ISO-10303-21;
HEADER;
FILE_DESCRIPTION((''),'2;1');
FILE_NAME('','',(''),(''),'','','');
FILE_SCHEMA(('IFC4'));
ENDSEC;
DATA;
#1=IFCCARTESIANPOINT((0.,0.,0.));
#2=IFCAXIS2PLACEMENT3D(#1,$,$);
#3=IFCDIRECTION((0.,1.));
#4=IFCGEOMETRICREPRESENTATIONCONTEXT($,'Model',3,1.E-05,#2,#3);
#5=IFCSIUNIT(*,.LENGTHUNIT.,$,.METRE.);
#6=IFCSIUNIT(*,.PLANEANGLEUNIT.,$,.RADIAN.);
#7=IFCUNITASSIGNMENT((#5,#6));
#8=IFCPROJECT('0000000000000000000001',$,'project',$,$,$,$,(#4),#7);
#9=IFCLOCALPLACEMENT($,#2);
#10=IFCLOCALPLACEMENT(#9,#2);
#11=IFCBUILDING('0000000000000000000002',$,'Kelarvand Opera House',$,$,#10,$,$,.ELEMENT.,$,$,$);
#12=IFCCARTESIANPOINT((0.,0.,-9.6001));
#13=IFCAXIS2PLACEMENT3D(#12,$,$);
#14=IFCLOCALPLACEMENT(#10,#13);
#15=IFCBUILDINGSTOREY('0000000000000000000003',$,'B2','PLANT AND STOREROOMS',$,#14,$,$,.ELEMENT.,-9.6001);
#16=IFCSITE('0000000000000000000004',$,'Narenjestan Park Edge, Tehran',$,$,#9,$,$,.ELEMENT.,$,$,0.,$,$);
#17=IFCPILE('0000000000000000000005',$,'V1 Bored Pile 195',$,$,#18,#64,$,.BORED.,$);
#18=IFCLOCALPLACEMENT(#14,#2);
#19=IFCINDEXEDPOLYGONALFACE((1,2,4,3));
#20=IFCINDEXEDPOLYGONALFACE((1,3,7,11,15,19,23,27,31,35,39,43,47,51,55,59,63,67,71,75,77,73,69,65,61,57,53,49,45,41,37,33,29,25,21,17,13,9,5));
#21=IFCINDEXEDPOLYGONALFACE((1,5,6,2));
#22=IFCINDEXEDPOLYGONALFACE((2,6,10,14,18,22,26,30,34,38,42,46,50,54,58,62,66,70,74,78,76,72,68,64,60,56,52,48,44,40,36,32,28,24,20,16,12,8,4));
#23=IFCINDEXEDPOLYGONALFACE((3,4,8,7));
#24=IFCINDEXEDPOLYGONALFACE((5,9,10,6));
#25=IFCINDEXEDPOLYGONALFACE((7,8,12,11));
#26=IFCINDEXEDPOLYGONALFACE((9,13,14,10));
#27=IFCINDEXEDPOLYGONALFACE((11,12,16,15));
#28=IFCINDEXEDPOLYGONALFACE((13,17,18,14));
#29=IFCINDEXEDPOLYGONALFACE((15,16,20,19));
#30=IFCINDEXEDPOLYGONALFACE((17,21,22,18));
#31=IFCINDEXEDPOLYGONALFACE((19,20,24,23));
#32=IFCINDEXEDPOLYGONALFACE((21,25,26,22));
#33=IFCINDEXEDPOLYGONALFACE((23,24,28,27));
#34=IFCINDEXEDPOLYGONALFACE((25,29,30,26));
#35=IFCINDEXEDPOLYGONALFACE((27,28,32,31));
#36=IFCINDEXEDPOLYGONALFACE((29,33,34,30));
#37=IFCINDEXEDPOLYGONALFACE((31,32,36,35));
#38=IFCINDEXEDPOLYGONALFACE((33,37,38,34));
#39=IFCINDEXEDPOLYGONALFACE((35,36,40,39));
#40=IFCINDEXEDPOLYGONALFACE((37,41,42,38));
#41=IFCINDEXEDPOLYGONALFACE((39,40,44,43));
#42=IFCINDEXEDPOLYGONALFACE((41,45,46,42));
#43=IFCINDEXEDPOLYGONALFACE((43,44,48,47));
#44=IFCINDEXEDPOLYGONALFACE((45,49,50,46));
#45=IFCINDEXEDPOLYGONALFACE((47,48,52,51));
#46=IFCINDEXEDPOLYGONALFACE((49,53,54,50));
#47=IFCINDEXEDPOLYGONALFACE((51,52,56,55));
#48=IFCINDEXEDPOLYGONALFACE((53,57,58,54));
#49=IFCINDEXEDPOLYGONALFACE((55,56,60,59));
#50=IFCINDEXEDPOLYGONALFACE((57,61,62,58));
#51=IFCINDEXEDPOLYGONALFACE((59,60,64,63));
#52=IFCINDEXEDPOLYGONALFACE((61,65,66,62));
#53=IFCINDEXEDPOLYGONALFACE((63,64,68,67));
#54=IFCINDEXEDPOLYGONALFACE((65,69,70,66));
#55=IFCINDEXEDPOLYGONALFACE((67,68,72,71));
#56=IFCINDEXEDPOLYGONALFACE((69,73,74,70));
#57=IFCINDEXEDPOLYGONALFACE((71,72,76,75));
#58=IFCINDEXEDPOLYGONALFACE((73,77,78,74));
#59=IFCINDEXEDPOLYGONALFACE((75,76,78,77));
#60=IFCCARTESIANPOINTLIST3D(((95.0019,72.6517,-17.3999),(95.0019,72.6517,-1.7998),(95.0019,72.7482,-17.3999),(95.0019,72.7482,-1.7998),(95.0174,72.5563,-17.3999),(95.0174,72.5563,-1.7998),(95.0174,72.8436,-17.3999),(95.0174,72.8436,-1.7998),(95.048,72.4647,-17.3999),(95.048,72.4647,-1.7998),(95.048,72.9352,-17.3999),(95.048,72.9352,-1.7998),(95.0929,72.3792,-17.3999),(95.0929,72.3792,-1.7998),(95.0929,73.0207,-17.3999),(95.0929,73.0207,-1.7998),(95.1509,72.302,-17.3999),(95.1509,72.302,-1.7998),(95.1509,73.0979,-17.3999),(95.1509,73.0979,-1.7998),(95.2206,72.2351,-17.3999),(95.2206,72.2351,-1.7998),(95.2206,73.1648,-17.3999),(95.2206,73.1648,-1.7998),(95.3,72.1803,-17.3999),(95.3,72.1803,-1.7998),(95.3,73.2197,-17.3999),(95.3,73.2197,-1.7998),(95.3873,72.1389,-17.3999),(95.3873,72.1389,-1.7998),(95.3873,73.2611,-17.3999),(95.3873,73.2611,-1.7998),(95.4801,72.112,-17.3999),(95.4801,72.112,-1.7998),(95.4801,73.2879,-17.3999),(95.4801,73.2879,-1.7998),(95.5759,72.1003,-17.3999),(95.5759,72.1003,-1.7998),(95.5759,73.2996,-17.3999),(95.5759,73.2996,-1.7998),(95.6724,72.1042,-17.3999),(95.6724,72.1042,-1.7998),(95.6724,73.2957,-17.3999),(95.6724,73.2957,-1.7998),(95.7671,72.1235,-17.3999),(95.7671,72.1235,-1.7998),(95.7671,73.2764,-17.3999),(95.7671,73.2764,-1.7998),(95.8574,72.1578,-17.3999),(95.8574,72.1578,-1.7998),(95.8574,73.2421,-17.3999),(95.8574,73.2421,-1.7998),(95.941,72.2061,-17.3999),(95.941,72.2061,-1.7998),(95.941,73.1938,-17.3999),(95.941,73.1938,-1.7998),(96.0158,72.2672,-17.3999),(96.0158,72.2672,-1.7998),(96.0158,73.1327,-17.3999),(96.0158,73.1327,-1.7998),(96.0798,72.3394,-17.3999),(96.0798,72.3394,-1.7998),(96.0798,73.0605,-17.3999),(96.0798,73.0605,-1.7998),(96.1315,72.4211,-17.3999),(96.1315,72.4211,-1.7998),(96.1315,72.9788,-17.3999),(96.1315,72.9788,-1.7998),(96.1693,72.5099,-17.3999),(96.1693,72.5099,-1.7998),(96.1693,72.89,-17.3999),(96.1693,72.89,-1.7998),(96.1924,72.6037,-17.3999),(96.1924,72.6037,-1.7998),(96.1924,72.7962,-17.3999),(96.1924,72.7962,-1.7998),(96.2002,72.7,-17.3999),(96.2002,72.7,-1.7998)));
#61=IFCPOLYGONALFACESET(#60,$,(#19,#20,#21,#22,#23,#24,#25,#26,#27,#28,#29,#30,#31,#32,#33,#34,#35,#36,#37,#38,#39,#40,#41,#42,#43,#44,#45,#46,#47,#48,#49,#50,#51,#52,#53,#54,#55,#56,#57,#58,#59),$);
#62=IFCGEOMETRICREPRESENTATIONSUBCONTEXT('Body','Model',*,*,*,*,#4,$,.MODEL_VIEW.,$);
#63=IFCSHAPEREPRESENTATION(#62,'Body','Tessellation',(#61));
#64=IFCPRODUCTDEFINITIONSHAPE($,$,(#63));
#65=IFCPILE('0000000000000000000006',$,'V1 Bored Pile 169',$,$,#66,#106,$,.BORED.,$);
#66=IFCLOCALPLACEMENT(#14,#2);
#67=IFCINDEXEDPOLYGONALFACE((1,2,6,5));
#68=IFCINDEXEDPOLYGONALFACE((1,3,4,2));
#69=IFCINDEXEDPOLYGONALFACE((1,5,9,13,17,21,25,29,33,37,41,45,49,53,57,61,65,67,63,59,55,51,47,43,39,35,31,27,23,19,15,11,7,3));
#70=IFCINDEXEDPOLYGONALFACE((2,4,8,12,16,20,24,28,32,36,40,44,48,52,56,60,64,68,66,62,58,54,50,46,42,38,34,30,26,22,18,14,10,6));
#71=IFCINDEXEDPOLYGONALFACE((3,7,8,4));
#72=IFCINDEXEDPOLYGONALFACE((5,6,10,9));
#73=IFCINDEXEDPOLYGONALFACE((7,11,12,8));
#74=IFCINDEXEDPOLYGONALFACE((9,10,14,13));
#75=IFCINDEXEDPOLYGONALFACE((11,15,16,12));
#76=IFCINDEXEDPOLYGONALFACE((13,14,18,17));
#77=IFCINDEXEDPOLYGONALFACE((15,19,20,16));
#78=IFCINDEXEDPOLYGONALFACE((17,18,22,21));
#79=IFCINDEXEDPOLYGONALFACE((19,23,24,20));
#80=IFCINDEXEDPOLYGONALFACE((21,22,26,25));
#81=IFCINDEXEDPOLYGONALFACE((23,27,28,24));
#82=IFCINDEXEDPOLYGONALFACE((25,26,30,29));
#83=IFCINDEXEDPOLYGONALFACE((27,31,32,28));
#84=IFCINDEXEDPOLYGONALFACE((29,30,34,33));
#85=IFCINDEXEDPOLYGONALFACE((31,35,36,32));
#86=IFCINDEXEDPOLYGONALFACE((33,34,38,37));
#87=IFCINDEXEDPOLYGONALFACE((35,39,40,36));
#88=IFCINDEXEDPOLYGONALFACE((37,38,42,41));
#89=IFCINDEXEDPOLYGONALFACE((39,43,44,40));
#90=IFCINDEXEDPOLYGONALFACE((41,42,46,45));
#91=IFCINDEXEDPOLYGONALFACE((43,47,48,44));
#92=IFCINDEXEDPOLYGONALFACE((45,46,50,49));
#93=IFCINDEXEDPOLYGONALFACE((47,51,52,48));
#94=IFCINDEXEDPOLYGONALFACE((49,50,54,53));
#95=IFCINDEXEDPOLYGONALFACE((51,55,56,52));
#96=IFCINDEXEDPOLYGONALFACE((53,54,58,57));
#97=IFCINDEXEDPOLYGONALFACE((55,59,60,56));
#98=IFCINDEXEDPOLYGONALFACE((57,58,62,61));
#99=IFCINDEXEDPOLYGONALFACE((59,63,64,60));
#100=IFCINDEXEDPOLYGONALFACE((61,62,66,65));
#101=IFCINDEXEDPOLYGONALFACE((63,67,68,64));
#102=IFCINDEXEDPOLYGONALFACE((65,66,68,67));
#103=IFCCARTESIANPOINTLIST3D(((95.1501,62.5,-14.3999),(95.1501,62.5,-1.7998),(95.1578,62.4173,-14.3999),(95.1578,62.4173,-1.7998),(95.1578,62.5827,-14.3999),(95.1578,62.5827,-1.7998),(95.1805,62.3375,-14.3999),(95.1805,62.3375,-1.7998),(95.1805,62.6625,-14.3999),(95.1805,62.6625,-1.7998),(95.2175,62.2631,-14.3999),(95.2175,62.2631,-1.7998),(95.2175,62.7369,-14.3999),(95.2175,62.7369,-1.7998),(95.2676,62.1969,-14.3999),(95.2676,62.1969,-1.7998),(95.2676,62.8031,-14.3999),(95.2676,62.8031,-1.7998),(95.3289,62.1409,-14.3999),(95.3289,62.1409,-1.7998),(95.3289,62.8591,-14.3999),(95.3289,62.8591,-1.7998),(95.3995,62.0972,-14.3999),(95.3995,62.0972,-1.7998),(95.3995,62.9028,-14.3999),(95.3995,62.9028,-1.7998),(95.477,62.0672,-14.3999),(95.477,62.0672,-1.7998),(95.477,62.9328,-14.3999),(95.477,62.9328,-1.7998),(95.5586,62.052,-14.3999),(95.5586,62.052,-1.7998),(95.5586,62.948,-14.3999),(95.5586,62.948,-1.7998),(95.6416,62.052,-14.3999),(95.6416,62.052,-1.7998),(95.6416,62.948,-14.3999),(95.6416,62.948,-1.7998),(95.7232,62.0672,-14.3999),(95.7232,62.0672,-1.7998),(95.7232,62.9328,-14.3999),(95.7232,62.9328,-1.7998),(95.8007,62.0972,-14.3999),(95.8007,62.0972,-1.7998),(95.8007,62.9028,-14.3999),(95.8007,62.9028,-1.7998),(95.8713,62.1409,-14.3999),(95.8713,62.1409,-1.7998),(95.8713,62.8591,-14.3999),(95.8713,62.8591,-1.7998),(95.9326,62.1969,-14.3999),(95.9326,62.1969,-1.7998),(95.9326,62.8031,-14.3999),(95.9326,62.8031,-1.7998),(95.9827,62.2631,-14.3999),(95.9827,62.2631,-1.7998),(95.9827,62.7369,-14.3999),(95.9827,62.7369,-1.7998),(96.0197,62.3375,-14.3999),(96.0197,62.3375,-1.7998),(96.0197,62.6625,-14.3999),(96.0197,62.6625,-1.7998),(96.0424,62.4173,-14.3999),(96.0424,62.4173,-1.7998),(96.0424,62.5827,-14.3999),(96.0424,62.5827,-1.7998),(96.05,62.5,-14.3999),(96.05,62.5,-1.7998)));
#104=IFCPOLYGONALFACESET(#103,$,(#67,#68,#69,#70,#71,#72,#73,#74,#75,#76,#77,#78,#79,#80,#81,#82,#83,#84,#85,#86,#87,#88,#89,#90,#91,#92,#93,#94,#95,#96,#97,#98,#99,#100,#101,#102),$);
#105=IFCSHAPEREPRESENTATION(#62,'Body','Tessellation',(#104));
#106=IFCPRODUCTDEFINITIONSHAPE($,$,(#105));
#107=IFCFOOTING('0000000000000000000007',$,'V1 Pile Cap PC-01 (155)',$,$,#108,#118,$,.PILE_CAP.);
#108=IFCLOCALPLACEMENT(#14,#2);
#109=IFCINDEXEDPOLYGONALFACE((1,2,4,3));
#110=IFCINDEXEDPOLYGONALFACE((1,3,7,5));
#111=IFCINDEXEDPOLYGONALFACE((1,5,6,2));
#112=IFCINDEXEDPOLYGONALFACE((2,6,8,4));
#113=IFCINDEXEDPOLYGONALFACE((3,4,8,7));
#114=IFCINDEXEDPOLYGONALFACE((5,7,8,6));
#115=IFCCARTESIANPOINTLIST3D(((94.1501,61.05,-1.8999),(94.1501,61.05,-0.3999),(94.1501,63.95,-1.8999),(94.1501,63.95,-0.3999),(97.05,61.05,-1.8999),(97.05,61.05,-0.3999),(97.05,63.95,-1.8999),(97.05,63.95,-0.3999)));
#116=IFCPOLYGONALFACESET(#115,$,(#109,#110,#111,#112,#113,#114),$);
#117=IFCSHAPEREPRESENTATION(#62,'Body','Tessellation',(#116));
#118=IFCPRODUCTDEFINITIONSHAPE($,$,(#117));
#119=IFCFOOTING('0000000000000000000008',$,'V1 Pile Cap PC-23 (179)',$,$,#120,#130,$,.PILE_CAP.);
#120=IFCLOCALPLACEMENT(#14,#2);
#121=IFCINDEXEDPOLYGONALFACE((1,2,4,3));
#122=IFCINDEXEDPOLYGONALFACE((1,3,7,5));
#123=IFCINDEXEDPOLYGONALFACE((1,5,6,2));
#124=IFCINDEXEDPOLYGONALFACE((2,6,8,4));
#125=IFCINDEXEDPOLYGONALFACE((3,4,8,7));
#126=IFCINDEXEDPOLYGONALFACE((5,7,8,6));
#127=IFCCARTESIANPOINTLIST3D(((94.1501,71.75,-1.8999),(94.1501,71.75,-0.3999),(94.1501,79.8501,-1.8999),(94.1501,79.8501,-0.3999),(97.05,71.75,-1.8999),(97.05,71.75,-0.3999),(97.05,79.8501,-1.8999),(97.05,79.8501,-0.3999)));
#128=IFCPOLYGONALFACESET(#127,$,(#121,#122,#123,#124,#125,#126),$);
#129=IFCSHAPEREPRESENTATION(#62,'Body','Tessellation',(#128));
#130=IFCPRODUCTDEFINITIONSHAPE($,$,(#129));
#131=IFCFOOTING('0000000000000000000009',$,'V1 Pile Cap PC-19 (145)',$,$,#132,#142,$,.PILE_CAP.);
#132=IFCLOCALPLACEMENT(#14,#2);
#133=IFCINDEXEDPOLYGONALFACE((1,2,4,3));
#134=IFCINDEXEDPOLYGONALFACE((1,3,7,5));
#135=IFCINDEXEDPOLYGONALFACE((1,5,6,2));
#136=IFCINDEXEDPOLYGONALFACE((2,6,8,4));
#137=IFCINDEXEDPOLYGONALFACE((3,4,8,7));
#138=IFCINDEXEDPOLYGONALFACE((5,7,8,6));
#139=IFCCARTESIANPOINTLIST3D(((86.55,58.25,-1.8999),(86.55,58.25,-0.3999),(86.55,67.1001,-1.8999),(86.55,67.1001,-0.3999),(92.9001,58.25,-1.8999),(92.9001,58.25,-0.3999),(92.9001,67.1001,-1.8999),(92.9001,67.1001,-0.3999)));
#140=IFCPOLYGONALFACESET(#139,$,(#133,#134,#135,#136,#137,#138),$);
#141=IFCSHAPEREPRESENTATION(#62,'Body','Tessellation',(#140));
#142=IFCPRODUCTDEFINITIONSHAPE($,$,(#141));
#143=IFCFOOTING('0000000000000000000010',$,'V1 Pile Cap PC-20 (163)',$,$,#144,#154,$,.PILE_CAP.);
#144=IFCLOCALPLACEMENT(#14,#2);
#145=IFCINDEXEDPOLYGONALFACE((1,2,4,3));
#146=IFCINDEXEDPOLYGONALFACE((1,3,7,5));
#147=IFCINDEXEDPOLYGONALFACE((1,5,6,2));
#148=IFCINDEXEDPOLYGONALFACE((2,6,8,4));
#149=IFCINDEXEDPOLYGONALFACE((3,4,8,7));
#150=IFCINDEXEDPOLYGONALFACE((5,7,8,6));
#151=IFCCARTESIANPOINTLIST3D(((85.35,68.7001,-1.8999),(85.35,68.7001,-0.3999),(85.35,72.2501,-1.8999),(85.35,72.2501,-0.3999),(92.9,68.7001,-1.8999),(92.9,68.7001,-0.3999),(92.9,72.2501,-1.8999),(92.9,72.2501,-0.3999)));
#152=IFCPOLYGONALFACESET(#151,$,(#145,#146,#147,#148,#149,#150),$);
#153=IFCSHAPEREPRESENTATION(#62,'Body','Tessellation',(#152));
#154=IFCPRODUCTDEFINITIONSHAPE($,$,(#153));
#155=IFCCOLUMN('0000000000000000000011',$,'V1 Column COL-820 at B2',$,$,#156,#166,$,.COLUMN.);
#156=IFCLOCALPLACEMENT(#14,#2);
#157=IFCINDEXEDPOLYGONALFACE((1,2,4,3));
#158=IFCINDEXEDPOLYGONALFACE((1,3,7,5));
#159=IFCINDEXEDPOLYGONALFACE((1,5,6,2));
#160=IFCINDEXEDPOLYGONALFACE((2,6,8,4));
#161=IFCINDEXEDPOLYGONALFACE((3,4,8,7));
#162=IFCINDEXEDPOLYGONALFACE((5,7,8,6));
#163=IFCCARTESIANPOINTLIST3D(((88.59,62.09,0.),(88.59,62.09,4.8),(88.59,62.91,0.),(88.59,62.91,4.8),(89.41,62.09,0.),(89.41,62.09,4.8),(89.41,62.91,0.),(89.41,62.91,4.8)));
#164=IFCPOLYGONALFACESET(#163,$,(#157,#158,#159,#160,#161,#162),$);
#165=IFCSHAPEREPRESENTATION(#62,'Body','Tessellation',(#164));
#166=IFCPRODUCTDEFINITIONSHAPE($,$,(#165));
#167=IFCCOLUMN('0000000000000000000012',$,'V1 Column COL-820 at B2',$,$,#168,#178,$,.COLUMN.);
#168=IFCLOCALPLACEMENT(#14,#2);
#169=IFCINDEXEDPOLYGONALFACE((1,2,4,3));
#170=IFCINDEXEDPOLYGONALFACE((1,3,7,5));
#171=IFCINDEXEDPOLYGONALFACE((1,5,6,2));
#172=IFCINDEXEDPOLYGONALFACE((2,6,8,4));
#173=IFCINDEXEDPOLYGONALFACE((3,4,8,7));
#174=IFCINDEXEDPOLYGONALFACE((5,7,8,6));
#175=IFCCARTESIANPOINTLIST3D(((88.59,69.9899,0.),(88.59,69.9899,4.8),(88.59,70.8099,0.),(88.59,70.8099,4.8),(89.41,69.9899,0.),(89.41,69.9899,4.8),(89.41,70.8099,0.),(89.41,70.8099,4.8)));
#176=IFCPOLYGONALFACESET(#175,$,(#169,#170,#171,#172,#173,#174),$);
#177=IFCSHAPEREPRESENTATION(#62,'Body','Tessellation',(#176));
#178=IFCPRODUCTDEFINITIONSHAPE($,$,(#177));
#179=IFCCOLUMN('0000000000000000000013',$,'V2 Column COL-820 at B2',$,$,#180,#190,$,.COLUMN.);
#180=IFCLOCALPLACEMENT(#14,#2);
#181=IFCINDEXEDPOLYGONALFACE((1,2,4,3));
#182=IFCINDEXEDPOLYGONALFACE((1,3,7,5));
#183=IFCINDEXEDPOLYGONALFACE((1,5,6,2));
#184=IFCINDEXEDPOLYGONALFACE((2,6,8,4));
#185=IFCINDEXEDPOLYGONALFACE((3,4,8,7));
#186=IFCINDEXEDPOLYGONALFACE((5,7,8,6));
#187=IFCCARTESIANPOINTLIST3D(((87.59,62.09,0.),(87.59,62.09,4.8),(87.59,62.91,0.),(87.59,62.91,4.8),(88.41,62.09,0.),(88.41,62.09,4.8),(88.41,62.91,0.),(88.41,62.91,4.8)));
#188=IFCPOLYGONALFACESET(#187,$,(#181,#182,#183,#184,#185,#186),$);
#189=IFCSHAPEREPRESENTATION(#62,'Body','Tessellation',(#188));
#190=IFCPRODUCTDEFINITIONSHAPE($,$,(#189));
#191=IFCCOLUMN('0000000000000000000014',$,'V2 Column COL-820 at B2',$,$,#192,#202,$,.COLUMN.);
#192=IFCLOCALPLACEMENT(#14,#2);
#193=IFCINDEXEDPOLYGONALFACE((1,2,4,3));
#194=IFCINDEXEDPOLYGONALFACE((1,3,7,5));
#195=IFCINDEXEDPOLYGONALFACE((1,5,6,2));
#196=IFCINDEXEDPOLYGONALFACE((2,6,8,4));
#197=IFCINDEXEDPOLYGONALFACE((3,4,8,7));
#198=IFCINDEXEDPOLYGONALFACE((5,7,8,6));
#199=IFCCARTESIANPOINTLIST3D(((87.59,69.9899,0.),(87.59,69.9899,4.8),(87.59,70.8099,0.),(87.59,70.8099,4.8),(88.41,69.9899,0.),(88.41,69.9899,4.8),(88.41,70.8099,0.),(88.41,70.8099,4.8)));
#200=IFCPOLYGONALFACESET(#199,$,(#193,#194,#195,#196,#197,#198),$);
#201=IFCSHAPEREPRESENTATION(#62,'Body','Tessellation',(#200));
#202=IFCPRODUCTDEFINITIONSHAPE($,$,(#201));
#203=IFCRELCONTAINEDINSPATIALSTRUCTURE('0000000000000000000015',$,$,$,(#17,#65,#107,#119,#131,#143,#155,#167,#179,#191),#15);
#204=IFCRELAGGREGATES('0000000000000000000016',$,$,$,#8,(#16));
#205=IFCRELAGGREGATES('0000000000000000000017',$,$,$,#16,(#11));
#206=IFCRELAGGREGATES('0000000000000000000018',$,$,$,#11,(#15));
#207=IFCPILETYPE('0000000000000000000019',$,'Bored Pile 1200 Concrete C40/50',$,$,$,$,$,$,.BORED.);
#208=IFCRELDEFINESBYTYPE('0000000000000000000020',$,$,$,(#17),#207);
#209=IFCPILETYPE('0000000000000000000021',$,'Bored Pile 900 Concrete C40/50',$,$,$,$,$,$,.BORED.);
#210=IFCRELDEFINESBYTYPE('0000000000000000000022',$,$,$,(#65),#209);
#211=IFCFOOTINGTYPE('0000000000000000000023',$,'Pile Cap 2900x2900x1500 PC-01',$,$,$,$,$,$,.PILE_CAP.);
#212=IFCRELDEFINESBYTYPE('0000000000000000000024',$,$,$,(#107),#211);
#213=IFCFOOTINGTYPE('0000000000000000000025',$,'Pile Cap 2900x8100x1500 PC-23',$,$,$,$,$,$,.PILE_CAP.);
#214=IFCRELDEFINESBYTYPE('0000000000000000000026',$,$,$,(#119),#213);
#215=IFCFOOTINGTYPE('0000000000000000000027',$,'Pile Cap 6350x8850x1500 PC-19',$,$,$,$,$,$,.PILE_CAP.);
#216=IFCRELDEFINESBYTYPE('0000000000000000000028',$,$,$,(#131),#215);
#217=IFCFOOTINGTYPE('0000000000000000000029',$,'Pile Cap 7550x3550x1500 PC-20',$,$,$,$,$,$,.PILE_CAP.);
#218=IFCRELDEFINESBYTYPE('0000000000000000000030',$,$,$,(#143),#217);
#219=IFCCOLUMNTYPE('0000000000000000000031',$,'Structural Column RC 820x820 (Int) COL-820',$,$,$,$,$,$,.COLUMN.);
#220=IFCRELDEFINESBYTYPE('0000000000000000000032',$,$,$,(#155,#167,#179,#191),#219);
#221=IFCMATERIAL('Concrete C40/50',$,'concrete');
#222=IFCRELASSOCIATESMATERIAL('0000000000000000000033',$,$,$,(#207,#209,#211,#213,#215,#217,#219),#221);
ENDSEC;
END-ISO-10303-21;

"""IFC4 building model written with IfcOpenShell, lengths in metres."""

from ifc_helpers import new_model, si_unit, direction, frame, origin, origin_2d, place, context, subcontext, project, spatial, rectangle, circle, extrude, material, material_profile, profile_set, type_object, element, save


model = new_model("IFC4")

# Units and contexts
model_context = context("Model", 3, precision=1e-05, world=origin(), true_north=direction((0.0, 1.0)))
body_context = subcontext(model_context, "Body", "Model", "MODEL_VIEW")
ifc_project = project(units=[si_unit("LENGTHUNIT", "METRE"), si_unit("PLANEANGLEUNIT", "RADIAN")], contexts=[model_context])

# Site, building, storey
site_placement = place(None, origin())
site = spatial("IfcSite", under=ifc_project, at=site_placement, Name="Narenjestan Park Edge, Tehran", CompositionType="ELEMENT", RefElevation=0.0)
building_placement = place(site_placement, origin())
building = spatial("IfcBuilding", under=site, at=building_placement, Name="Kelarvand Opera House", CompositionType="ELEMENT")
storey_placement = place(building_placement, frame((0.0, 0.0, -9.6001)))
storey = spatial("IfcBuildingStorey", under=building, at=storey_placement, Name="B2", Description="PLANT AND STOREROOMS", CompositionType="ELEMENT", Elevation=-9.6001)

# Piles
ifc_material_1 = material(Name="Concrete C40/50", Category="concrete")
ifc_material_profile_1 = material_profile(ifc_material_1, circle(Radius=0.6001, at=origin_2d()), Name="BP 1200", Category="concrete")
ifc_profile_set_1 = profile_set([ifc_material_profile_1], Name="Concrete C40/50")
pile_type_1 = type_object("IfcPileType", Name="Bored Pile 1200 Concrete C40/50", PredefinedType="BORED", material=ifc_profile_set_1)
for number, where, z_axis, x_axis, name in (
    (1, (95.6001, 72.7, -1.7998), (0.0, 0.0, -1.0), (1.0, 0.0, 0.0), "V1 Bored Pile 195"),
):
    element("IfcPile", number, at=place(storey_placement, frame(where, z_axis=z_axis, x_axis=x_axis)), inside=storey, type_object=pile_type_1, Name=name, PredefinedType="BORED", context=body_context, shape_type="SweptSolid", body=[
        extrude(circle(Radius=0.6001, at=origin_2d()), origin(), (0.0, 0.0, 1.0), 15.6001),
    ])
ifc_material_profile_2 = material_profile(ifc_material_1, circle(Radius=0.45, at=origin_2d()), Name="BP 900", Category="concrete")
ifc_profile_set_2 = profile_set([ifc_material_profile_2], Name="Concrete C40/50")
pile_type_2 = type_object("IfcPileType", Name="Bored Pile 900 Concrete C40/50", PredefinedType="BORED", material=ifc_profile_set_2)
pile_placement = place(storey_placement, frame((95.6001, 62.5, -1.7998), z_axis=(0.0, 0.0, -1.0), x_axis=(1.0, 0.0, 0.0)))
element("IfcPile", 2, at=pile_placement, inside=storey, type_object=pile_type_2, Name="V1 Bored Pile 169", PredefinedType="BORED", context=body_context, shape_type="SweptSolid", body=[
    extrude(circle(Radius=0.45, at=origin_2d()), origin(), (0.0, 0.0, 1.0), 12.6001),
])

# Footings
footing_type_1 = type_object("IfcFootingType", Name="Pile Cap 2900x2900x1500 PC-01", PredefinedType="PILE_CAP", material=ifc_material_1)
footing_1_placement = place(storey_placement, frame((95.6001, 62.5, -1.8999), z_axis=(0.0, 0.0, 1.0), x_axis=(1.0, 0.0, 0.0)))
element("IfcFooting", 3, at=footing_1_placement, inside=storey, type_object=footing_type_1, Name="V1 Pile Cap PC-01 (155)", PredefinedType="PILE_CAP", context=body_context, shape_type="SweptSolid", body=[
    extrude(rectangle(XDim=2.8999, YDim=2.8999, at=origin_2d()), origin(), (0.0, 0.0, 1.0), 1.5),
])
footing_type_2 = type_object("IfcFootingType", Name="Pile Cap 2900x8100x1500 PC-23", PredefinedType="PILE_CAP", material=ifc_material_1)
footing_2_placement = place(storey_placement, frame((95.6001, 75.8, -1.8999), z_axis=(0.0, 0.0, 1.0), x_axis=(1.0, 0.0, 0.0)))
element("IfcFooting", 4, at=footing_2_placement, inside=storey, type_object=footing_type_2, Name="V1 Pile Cap PC-23 (179)", PredefinedType="PILE_CAP", context=body_context, shape_type="SweptSolid", body=[
    extrude(rectangle(XDim=2.8999, YDim=8.1001, at=origin_2d()), origin(), (0.0, 0.0, 1.0), 1.5),
])
footing_type_3 = type_object("IfcFootingType", Name="Pile Cap 6350x8850x1500 PC-19", PredefinedType="PILE_CAP", material=ifc_material_1)
footing_3_placement = place(storey_placement, frame((89.7251, 62.675, -1.8999), z_axis=(0.0, 0.0, 1.0), x_axis=(1.0, 0.0, 0.0)))
element("IfcFooting", 5, at=footing_3_placement, inside=storey, type_object=footing_type_3, Name="V1 Pile Cap PC-19 (145)", PredefinedType="PILE_CAP", context=body_context, shape_type="SweptSolid", body=[
    extrude(rectangle(XDim=6.3501, YDim=8.8501, at=origin_2d()), origin(), (0.0, 0.0, 1.0), 1.5),
])
footing_type_4 = type_object("IfcFootingType", Name="Pile Cap 7550x3550x1500 PC-20", PredefinedType="PILE_CAP", material=ifc_material_1)
footing_4_placement = place(storey_placement, frame((89.125, 70.4751, -1.8999), z_axis=(0.0, 0.0, 1.0), x_axis=(1.0, 0.0, 0.0)))
element("IfcFooting", 6, at=footing_4_placement, inside=storey, type_object=footing_type_4, Name="V1 Pile Cap PC-20 (163)", PredefinedType="PILE_CAP", context=body_context, shape_type="SweptSolid", body=[
    extrude(rectangle(XDim=7.55, YDim=3.55, at=origin_2d()), origin(), (0.0, 0.0, 1.0), 1.5),
])

# Columns
ifc_material_profile_3 = material_profile(ifc_material_1, rectangle(XDim=0.8201, YDim=0.8201, at=origin_2d()), Name="RC 820x820", Category="concrete")
ifc_profile_set_3 = profile_set([ifc_material_profile_3], Name="Concrete C40/50")
column_type_1 = type_object("IfcColumnType", Name="Structural Column RC 820x820 (Int) COL-820", PredefinedType="COLUMN", material=ifc_profile_set_3)
for number, where, z_axis, x_axis, name in (
    (7, (89.0, 62.5, 0.0), (0.0, 0.0, 1.0), (1.0, 0.0, 0.0), "V1 Column COL-820 at B2"),
    (8, (89.0, 70.3999, 0.0), (0.0, 0.0, 1.0), (1.0, 0.0, 0.0), "V1 Column COL-820 at B2"),
    (9, (88.0, 62.5, 0.0), (0.0, 0.0, 1.0), (1.0, 0.0, 0.0), "V2 Column COL-820 at B2"),
    (10, (88.0, 70.3999, 0.0), (0.0, 0.0, 1.0), (1.0, 0.0, 0.0), "V2 Column COL-820 at B2"),
):
    element("IfcColumn", number, at=place(storey_placement, frame(where, z_axis=z_axis, x_axis=x_axis)), inside=storey, type_object=column_type_1, Name=name, PredefinedType="COLUMN", context=body_context, shape_type="SweptSolid", body=[
        extrude(rectangle(XDim=0.8201, YDim=0.8201, at=origin_2d()), origin(), (0.0, 0.0, 1.0), 4.8),
    ])

save(model, "model.ifc")
